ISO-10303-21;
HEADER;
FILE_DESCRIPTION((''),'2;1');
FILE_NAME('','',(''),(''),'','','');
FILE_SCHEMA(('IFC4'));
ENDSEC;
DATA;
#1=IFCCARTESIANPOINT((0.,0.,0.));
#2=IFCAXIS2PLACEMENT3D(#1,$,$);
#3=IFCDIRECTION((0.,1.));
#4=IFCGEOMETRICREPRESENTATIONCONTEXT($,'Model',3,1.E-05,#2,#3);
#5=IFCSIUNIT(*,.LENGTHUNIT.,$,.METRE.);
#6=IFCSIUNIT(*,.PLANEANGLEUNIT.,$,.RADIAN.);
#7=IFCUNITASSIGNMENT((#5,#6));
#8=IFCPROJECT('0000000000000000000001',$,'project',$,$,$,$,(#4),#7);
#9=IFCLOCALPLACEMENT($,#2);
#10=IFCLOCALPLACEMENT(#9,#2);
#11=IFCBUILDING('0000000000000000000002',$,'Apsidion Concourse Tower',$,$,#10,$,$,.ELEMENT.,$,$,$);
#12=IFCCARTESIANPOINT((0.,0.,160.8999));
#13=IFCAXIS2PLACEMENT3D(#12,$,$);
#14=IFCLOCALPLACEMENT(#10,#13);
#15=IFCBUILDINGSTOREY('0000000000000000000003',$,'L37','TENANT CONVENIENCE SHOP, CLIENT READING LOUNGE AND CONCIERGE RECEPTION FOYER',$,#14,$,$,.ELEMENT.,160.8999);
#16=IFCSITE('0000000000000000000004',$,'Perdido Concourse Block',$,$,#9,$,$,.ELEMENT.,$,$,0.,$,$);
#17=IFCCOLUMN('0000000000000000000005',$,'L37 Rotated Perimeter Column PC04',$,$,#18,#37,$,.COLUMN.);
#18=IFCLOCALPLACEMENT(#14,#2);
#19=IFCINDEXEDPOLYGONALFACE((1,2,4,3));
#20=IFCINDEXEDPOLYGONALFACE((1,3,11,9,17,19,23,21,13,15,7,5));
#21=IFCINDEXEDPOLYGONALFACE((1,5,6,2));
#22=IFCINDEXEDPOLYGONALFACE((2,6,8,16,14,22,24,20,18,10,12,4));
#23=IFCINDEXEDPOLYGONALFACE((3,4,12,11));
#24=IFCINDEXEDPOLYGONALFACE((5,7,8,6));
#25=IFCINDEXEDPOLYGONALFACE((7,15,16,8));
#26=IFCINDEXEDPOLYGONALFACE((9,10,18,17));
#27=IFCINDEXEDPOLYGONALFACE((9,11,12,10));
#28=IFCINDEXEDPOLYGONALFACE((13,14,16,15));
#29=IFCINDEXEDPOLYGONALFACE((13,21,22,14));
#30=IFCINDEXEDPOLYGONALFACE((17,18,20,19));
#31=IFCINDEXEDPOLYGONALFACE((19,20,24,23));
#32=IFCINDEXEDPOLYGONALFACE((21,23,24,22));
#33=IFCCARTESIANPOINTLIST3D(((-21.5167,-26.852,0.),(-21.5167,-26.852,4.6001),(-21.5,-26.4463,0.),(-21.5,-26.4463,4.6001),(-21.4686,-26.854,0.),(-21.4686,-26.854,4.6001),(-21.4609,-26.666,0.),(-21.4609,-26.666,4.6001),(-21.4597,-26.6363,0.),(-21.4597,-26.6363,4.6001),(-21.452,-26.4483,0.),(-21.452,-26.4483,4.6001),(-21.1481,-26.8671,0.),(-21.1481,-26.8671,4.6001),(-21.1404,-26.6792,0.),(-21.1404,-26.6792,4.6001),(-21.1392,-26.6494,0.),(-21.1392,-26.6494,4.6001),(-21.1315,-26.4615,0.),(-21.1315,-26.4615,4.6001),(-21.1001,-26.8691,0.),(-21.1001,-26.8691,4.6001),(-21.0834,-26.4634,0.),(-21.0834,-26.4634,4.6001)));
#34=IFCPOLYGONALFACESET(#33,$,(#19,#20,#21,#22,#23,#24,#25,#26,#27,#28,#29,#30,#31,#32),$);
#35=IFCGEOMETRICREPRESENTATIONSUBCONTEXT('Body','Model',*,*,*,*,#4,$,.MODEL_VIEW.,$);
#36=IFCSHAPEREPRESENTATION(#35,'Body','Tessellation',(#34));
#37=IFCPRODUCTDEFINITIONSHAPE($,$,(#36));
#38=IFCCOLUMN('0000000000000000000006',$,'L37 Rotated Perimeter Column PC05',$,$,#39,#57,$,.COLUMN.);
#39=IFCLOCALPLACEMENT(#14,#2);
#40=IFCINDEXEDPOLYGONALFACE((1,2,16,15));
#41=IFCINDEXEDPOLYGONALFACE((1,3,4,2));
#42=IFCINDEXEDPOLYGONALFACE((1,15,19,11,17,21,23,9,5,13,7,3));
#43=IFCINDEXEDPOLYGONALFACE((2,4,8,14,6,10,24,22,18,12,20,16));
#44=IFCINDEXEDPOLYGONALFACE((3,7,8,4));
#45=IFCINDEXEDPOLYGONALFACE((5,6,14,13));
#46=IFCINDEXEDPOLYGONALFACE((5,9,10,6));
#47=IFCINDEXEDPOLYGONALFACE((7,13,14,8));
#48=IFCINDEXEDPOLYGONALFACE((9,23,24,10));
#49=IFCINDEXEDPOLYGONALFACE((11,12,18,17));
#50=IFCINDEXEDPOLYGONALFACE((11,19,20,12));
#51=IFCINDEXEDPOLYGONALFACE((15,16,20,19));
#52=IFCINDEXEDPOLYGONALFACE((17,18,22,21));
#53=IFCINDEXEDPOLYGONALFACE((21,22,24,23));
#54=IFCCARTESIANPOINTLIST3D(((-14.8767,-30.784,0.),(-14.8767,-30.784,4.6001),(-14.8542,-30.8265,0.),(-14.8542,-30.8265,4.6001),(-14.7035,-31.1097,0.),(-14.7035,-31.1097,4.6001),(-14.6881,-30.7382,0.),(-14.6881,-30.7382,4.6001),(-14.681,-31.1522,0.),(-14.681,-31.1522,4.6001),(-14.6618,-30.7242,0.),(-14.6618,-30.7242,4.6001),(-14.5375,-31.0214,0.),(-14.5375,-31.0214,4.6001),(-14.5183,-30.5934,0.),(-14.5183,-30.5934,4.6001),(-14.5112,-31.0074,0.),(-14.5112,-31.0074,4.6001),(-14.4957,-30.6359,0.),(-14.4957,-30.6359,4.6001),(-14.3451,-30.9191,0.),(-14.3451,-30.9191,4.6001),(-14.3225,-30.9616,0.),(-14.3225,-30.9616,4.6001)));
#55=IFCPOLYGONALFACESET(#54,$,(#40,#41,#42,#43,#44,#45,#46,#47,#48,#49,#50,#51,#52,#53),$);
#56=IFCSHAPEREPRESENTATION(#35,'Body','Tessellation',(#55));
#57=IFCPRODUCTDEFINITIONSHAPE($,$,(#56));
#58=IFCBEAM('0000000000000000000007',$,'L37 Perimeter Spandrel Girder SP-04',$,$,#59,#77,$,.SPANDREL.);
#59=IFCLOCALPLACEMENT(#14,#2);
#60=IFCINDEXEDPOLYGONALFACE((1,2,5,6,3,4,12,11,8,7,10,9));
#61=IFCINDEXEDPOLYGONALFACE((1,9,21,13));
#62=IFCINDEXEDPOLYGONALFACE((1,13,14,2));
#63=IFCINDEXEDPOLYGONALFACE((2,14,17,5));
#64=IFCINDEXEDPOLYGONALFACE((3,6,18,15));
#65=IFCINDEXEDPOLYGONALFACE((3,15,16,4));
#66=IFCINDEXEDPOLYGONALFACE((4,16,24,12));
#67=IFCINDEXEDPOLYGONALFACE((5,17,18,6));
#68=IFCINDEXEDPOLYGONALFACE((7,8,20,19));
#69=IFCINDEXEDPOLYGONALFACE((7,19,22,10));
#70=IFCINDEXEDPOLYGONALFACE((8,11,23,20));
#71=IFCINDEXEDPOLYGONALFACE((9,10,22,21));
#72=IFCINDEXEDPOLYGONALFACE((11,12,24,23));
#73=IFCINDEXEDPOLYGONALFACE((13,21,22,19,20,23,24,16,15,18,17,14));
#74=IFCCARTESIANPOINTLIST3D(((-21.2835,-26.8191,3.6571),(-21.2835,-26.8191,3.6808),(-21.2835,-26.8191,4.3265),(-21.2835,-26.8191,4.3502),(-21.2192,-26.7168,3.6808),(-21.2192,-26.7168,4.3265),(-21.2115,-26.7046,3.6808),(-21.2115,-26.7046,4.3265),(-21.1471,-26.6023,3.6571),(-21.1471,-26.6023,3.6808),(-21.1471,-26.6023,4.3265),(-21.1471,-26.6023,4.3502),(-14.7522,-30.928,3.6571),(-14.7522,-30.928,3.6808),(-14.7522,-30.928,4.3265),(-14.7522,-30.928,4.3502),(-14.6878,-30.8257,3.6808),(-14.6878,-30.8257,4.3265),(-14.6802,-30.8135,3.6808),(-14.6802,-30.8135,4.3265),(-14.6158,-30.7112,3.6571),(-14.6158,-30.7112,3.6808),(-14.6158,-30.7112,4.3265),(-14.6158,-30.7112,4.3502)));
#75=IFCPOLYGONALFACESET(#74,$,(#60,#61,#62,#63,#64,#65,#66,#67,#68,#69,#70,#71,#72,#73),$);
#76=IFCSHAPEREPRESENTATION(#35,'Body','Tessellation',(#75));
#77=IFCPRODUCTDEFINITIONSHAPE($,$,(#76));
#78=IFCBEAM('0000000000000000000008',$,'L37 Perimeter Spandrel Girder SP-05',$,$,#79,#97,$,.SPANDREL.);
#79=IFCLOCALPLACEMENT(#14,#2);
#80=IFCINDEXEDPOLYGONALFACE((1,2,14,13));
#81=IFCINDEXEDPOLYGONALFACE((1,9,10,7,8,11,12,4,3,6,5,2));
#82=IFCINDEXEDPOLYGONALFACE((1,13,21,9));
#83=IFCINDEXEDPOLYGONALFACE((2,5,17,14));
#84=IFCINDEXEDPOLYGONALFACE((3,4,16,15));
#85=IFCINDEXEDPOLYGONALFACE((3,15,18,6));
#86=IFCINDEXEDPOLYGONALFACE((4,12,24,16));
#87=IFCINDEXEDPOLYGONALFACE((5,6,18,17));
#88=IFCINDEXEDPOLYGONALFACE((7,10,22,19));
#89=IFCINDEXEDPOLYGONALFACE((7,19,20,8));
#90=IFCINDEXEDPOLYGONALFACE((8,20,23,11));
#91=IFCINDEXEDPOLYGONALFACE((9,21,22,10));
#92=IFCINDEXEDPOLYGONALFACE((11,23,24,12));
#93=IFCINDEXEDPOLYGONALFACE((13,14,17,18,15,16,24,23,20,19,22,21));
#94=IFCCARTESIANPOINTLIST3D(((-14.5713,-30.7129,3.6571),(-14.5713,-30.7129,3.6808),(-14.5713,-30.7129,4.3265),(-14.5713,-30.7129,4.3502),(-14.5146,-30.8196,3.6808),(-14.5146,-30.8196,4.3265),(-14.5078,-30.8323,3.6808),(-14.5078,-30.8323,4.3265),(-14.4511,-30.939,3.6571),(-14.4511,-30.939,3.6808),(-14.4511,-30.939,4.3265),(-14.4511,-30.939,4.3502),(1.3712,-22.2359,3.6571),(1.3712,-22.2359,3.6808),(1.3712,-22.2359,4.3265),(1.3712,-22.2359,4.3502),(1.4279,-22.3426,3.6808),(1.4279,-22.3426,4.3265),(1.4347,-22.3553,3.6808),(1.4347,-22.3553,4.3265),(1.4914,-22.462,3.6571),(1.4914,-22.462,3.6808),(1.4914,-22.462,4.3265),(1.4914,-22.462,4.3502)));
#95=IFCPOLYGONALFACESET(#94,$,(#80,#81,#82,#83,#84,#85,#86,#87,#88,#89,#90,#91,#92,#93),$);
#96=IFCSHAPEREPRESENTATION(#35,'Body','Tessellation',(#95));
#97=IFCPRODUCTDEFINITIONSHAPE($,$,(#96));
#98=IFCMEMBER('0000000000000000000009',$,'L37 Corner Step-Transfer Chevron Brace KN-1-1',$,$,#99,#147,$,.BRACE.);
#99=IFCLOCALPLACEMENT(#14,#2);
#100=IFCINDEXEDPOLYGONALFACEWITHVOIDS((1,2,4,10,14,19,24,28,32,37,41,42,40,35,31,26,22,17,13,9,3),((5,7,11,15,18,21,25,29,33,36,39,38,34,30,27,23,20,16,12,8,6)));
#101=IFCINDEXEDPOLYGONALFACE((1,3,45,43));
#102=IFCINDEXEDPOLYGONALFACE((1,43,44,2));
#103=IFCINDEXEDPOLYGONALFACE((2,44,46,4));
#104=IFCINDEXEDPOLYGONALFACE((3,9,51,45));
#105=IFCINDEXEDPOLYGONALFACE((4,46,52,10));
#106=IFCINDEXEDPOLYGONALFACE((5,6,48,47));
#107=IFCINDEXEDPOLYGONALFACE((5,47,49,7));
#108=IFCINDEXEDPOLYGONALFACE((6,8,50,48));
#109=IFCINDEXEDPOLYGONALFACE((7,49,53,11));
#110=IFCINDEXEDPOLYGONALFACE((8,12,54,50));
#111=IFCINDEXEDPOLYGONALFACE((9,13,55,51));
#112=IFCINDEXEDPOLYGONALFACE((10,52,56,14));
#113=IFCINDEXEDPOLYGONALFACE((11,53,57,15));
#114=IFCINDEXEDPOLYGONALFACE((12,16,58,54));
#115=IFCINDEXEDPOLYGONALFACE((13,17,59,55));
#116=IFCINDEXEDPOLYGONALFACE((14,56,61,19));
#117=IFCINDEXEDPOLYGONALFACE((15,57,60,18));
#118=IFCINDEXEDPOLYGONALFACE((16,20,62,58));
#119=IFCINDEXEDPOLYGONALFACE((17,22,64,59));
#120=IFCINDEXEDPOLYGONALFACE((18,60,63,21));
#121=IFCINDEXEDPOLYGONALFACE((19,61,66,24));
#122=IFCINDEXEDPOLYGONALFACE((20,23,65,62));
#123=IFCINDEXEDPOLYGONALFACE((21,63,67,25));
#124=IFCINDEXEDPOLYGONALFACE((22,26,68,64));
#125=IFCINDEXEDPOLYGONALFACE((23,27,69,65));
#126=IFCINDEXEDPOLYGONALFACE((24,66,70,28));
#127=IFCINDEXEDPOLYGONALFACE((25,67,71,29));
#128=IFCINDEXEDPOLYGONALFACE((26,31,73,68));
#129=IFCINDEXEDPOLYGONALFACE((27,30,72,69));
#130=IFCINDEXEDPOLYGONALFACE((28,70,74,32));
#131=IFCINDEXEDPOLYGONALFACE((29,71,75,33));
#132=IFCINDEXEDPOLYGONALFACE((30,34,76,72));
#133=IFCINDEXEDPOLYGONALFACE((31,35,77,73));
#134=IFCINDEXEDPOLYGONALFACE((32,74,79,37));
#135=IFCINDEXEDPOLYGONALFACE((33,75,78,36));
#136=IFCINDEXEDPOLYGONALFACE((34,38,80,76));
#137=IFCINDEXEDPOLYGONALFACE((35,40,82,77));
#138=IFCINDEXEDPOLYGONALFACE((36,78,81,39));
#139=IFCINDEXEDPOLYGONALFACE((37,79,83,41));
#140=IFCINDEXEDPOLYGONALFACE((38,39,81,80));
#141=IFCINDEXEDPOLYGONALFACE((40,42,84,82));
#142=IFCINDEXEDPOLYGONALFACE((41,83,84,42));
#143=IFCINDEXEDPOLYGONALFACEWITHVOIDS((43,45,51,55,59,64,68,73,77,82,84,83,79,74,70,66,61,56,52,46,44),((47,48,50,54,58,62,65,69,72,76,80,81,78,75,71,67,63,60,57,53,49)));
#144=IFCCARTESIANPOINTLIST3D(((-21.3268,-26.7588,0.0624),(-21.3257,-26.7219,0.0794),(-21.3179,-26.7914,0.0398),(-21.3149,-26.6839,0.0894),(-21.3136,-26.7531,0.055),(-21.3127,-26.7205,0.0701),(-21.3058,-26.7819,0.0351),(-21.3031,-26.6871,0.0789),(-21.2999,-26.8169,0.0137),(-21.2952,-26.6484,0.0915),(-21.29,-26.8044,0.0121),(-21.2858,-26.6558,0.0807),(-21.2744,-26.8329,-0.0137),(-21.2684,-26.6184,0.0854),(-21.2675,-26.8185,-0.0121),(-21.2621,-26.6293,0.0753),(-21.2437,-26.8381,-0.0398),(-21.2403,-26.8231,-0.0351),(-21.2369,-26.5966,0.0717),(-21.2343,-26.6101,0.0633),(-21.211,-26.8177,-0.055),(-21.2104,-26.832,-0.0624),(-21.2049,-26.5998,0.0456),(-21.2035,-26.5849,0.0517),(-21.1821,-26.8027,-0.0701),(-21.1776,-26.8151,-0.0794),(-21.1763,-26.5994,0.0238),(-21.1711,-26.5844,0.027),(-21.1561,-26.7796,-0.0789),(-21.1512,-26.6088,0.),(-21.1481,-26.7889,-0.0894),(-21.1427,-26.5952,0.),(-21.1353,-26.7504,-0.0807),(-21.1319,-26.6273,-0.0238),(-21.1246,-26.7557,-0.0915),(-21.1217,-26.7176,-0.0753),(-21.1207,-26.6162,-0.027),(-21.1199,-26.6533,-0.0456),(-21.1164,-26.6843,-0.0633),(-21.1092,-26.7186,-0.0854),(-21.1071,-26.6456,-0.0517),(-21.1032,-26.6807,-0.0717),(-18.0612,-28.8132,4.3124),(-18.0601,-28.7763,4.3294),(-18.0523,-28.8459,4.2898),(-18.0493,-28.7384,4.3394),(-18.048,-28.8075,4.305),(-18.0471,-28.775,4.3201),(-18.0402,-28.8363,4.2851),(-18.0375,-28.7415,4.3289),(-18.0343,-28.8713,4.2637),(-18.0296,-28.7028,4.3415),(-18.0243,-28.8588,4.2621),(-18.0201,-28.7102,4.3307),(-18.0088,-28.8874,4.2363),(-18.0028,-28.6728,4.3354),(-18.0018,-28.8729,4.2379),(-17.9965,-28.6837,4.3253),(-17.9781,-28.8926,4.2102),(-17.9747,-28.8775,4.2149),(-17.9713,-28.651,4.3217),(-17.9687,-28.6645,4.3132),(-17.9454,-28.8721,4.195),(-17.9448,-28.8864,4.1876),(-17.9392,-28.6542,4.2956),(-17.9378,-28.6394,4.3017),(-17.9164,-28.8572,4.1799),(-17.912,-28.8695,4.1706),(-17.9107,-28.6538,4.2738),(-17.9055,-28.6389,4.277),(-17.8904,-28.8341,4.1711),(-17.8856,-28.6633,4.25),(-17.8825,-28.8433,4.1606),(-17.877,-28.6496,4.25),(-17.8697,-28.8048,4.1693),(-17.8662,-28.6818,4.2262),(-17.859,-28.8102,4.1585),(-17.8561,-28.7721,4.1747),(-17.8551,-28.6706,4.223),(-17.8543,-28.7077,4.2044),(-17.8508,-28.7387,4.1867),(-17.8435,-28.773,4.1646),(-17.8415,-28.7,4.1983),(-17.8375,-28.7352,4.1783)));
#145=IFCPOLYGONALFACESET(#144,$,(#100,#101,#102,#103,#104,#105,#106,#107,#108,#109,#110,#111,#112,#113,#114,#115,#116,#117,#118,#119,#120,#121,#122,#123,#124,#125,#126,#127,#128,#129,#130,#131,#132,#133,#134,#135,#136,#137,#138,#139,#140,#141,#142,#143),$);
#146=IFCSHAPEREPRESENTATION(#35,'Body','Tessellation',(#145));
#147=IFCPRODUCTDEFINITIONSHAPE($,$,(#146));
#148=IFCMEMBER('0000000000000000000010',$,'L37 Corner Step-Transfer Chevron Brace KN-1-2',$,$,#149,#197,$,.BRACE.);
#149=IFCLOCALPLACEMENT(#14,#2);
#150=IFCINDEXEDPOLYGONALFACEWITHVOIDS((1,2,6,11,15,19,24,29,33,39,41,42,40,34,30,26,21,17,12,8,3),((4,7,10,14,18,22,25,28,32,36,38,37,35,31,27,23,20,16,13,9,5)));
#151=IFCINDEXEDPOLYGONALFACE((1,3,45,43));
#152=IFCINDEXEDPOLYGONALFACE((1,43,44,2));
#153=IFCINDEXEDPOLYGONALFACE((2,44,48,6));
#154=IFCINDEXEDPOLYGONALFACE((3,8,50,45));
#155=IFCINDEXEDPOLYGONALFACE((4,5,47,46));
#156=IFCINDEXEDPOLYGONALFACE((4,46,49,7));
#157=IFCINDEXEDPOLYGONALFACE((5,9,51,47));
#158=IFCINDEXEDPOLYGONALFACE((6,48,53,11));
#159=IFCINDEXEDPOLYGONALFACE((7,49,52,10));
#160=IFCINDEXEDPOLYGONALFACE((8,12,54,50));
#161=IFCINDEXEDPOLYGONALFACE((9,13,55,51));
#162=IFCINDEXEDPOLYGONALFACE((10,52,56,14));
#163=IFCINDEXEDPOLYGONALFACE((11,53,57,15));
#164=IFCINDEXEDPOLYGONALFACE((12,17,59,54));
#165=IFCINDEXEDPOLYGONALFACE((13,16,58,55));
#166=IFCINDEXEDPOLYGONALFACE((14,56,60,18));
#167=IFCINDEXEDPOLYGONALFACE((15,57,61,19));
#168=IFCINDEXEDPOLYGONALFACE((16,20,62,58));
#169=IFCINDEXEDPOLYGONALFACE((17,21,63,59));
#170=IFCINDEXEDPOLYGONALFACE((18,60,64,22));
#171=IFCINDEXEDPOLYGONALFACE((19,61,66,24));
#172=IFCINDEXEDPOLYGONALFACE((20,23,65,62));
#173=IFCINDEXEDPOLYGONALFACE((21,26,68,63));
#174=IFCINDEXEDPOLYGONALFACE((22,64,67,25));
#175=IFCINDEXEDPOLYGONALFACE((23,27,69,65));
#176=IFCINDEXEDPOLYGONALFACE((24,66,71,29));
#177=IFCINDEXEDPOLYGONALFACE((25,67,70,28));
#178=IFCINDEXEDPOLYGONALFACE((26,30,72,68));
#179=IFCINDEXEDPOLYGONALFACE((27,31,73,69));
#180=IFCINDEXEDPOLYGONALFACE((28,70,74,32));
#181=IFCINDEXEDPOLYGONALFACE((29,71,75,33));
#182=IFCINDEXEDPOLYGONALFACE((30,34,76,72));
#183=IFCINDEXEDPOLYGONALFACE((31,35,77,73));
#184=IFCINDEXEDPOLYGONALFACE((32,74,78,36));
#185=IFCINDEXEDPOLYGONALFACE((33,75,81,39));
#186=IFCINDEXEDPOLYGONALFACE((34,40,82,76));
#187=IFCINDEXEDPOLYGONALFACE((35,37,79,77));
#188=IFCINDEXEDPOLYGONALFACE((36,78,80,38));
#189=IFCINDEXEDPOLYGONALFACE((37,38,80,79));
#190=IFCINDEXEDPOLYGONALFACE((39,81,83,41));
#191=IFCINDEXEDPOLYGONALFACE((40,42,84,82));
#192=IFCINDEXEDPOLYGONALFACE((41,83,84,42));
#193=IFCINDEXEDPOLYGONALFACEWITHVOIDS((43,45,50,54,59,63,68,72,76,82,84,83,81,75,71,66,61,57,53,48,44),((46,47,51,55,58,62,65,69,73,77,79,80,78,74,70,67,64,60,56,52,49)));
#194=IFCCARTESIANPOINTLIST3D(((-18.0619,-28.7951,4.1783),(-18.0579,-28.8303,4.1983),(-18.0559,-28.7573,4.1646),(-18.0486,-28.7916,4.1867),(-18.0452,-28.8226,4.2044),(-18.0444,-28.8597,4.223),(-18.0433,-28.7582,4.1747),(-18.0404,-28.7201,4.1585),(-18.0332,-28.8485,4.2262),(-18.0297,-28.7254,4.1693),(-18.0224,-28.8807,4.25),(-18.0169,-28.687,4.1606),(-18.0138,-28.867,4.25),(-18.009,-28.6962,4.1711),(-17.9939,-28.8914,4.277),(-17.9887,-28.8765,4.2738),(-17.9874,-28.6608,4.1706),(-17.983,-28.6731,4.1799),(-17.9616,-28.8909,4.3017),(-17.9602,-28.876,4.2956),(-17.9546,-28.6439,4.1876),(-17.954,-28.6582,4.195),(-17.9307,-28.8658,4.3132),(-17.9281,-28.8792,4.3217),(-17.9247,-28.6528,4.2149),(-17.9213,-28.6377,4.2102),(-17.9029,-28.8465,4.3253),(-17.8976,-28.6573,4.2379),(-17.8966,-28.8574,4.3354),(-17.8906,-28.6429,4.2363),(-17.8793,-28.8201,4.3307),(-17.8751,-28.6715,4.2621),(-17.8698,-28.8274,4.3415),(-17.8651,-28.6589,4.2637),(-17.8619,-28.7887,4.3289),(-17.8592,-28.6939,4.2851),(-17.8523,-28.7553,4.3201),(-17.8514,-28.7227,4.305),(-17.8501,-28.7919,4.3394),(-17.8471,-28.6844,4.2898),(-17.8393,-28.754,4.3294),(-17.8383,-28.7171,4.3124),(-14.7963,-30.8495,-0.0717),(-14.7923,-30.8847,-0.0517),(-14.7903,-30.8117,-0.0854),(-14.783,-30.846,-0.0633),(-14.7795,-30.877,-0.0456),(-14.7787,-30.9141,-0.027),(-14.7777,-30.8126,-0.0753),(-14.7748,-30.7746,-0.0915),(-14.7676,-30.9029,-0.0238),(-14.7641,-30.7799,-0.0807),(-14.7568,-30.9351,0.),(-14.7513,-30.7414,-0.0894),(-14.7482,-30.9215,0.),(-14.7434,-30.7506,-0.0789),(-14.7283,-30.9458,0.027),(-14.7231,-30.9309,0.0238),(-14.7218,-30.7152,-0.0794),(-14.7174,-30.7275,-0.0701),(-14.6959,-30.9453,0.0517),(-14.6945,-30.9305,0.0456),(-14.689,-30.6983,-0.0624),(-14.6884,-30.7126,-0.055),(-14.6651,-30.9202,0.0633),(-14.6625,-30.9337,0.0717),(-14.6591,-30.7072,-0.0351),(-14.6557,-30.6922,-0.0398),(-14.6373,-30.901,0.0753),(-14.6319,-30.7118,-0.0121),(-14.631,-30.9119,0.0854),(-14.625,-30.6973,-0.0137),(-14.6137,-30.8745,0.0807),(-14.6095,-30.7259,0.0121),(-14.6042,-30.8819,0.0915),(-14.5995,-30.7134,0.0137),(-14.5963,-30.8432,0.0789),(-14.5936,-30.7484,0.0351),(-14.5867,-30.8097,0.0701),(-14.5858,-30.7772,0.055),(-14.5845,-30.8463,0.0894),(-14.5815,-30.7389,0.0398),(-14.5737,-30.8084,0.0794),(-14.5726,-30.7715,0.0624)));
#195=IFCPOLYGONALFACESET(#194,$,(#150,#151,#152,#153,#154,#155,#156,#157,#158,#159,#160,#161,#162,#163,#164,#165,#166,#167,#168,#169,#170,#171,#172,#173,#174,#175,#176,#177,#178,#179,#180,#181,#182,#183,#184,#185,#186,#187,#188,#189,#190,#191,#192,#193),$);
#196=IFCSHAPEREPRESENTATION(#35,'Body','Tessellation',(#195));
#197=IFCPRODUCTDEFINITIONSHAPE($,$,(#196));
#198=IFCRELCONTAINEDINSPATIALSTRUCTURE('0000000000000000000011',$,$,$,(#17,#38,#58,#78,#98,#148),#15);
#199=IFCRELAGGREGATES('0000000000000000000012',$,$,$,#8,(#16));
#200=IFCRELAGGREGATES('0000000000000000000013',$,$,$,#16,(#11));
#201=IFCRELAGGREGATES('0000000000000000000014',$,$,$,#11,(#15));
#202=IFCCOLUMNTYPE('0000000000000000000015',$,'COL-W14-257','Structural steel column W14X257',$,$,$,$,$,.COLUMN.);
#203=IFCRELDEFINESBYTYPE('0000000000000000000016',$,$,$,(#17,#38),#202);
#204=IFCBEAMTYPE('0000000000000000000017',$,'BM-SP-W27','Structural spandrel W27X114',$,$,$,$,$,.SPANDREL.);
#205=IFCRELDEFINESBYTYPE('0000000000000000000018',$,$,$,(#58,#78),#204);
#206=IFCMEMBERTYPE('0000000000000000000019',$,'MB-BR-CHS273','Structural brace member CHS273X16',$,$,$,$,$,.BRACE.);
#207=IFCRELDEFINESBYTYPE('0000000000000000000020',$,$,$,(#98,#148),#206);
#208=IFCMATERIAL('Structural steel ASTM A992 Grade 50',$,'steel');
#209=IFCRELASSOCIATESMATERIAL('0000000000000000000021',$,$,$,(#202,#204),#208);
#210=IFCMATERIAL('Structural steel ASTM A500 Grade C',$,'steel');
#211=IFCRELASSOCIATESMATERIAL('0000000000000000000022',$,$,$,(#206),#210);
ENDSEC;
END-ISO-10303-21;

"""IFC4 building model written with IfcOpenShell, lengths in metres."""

from ifc_helpers import new_model, si_unit, direction, frame, origin, origin_2d, place, context, subcontext, project, spatial, hollow_circle, i_section, extrude, material, material_profile, profile_set, type_object, element, save


model = new_model("IFC4")

# Units and contexts
model_context = context("Model", 3, precision=1e-05, world=origin(), true_north=direction((0.0, 1.0)))
body_context = subcontext(model_context, "Body", "Model", "MODEL_VIEW")
ifc_project = project(units=[si_unit("LENGTHUNIT", "METRE"), si_unit("PLANEANGLEUNIT", "RADIAN")], contexts=[model_context])

# Site, building, storey
site_placement = place(None, origin())
site = spatial("IfcSite", under=ifc_project, at=site_placement, Name="Perdido Concourse Block", CompositionType="ELEMENT", RefElevation=0.0)
building_placement = place(site_placement, origin())
building = spatial("IfcBuilding", under=site, at=building_placement, Name="Apsidion Concourse Tower", CompositionType="ELEMENT")
storey_placement = place(building_placement, frame((0.0, 0.0, 160.8999)))
storey = spatial("IfcBuildingStorey", under=building, at=storey_placement, Name="L37", Description="TENANT CONVENIENCE SHOP, CLIENT READING LOUNGE AND CONCIERGE RECEPTION FOYER", CompositionType="ELEMENT", Elevation=160.8999)

# Columns
ifc_material_1 = material(Name="Structural steel ASTM A992 Grade 50", Category="steel")
ifc_material_profile_1 = material_profile(ifc_material_1, i_section(OverallWidth=0.406, OverallDepth=0.417, WebThickness=0.0298, FlangeThickness=0.0481, at=origin_2d()), Name="W14X257")
ifc_profile_set_1 = profile_set([ifc_material_profile_1], Name="Structural steel ASTM A992 Grade 50")
column_type = type_object("IfcColumnType", Name="COL-W14-257", Description="Structural steel column W14X257", PredefinedType="COLUMN", material=ifc_profile_set_1)
for number, where, z_axis, x_axis, name in (
    (1, (-21.3, -26.6577, 0.0), (0.0, 0.0, 1.0), (0.041004, 0.999159, 0.0), "L37 Rotated Perimeter Column PC04"),
    (2, (-14.5996, -30.8728, 0.0), (0.0, 0.0, 1.0), (0.882948, 0.469472, 0.0), "L37 Rotated Perimeter Column PC05"),
):
    element("IfcColumn", number, at=place(storey_placement, frame(where, z_axis=z_axis, x_axis=x_axis)), inside=storey, type_object=column_type, Name=name, PredefinedType="COLUMN", context=body_context, shape_type="SweptSolid", body=[
        extrude(i_section(OverallWidth=0.406, OverallDepth=0.417, WebThickness=0.0298, FlangeThickness=0.0481, at=origin_2d()), origin(), (0.0, 0.0, 1.0), 4.6001),
    ])

# Beams
ifc_material_profile_2 = material_profile(ifc_material_1, i_section(OverallWidth=0.2561, OverallDepth=0.6931, WebThickness=0.0144, FlangeThickness=0.0237, at=origin_2d()), Name="W27X114")
ifc_profile_set_2 = profile_set([ifc_material_profile_2], Name="Structural steel ASTM A992 Grade 50")
beam_type = type_object("IfcBeamType", Name="BM-SP-W27", Description="Structural spandrel W27X114", PredefinedType="SPANDREL", material=ifc_profile_set_2)
beam_1_placement = place(storey_placement, frame((-21.2153, -26.7107, 4.0037), z_axis=(0.84643, -0.532499, 0.0), x_axis=(0.532499, 0.84643, 0.0)))
element("IfcBeam", 3, at=beam_1_placement, inside=storey, type_object=beam_type, Name="L37 Perimeter Spandrel Girder SP-04", PredefinedType="SPANDREL", context=body_context, shape_type="SweptSolid", body=[
    extrude(i_section(OverallWidth=0.2561, OverallDepth=0.6931, WebThickness=0.0144, FlangeThickness=0.0237, at=origin_2d()), origin(), (0.0, 0.0, 1.0), 7.7163),
])
beam_2_placement = place(storey_placement, frame((-14.5112, -30.8259, 4.0037), z_axis=(0.882943, 0.46948, 0.0), x_axis=(-0.46948, 0.882943, 0.0)))
element("IfcBeam", 4, at=beam_2_placement, inside=storey, type_object=beam_type, Name="L37 Perimeter Spandrel Girder SP-05", PredefinedType="SPANDREL", context=body_context, shape_type="SweptSolid", body=[
    extrude(i_section(OverallWidth=0.2561, OverallDepth=0.6931, WebThickness=0.0144, FlangeThickness=0.0237, at=origin_2d()), origin(), (0.0, 0.0, 1.0), 18.0562),
])

# Members
ifc_material_2 = material(Name="Structural steel ASTM A500 Grade C", Category="steel")
ifc_material_profile_3 = material_profile(ifc_material_2, hollow_circle(Radius=0.1365, WallThickness=0.0161, at=origin_2d()), Name="CHS273X16")
ifc_profile_set_3 = profile_set([ifc_material_profile_3], Name="Structural steel ASTM A500 Grade C")
member_type = type_object("IfcMemberType", Name="MB-BR-CHS273", Description="Structural brace member CHS273X16", PredefinedType="BRACE", material=ifc_profile_set_3)
for number, where, z_axis, x_axis, name in (
    (5, (-21.2153, -26.7107, 0.0), (0.568925, -0.357917, 0.740419), (0.532499, 0.84643, 0.0), "L37 Corner Step-Transfer Chevron Brace KN-1-1"),
    (6, (-14.6841, -30.8196, 0.0), (-0.568925, 0.357917, 0.740419), (-0.532499, -0.84643, 0.0), "L37 Corner Step-Transfer Chevron Brace KN-1-2"),
):
    element("IfcMember", number, at=place(storey_placement, frame(where, z_axis=z_axis, x_axis=x_axis)), inside=storey, type_object=member_type, Name=name, PredefinedType="BRACE", context=body_context, shape_type="SweptSolid", body=[
        extrude(hollow_circle(Radius=0.1365, WallThickness=0.0161, at=origin_2d()), origin(), (0.0, 0.0, 1.0), 5.74),
    ])

save(model, "model.ifc")
